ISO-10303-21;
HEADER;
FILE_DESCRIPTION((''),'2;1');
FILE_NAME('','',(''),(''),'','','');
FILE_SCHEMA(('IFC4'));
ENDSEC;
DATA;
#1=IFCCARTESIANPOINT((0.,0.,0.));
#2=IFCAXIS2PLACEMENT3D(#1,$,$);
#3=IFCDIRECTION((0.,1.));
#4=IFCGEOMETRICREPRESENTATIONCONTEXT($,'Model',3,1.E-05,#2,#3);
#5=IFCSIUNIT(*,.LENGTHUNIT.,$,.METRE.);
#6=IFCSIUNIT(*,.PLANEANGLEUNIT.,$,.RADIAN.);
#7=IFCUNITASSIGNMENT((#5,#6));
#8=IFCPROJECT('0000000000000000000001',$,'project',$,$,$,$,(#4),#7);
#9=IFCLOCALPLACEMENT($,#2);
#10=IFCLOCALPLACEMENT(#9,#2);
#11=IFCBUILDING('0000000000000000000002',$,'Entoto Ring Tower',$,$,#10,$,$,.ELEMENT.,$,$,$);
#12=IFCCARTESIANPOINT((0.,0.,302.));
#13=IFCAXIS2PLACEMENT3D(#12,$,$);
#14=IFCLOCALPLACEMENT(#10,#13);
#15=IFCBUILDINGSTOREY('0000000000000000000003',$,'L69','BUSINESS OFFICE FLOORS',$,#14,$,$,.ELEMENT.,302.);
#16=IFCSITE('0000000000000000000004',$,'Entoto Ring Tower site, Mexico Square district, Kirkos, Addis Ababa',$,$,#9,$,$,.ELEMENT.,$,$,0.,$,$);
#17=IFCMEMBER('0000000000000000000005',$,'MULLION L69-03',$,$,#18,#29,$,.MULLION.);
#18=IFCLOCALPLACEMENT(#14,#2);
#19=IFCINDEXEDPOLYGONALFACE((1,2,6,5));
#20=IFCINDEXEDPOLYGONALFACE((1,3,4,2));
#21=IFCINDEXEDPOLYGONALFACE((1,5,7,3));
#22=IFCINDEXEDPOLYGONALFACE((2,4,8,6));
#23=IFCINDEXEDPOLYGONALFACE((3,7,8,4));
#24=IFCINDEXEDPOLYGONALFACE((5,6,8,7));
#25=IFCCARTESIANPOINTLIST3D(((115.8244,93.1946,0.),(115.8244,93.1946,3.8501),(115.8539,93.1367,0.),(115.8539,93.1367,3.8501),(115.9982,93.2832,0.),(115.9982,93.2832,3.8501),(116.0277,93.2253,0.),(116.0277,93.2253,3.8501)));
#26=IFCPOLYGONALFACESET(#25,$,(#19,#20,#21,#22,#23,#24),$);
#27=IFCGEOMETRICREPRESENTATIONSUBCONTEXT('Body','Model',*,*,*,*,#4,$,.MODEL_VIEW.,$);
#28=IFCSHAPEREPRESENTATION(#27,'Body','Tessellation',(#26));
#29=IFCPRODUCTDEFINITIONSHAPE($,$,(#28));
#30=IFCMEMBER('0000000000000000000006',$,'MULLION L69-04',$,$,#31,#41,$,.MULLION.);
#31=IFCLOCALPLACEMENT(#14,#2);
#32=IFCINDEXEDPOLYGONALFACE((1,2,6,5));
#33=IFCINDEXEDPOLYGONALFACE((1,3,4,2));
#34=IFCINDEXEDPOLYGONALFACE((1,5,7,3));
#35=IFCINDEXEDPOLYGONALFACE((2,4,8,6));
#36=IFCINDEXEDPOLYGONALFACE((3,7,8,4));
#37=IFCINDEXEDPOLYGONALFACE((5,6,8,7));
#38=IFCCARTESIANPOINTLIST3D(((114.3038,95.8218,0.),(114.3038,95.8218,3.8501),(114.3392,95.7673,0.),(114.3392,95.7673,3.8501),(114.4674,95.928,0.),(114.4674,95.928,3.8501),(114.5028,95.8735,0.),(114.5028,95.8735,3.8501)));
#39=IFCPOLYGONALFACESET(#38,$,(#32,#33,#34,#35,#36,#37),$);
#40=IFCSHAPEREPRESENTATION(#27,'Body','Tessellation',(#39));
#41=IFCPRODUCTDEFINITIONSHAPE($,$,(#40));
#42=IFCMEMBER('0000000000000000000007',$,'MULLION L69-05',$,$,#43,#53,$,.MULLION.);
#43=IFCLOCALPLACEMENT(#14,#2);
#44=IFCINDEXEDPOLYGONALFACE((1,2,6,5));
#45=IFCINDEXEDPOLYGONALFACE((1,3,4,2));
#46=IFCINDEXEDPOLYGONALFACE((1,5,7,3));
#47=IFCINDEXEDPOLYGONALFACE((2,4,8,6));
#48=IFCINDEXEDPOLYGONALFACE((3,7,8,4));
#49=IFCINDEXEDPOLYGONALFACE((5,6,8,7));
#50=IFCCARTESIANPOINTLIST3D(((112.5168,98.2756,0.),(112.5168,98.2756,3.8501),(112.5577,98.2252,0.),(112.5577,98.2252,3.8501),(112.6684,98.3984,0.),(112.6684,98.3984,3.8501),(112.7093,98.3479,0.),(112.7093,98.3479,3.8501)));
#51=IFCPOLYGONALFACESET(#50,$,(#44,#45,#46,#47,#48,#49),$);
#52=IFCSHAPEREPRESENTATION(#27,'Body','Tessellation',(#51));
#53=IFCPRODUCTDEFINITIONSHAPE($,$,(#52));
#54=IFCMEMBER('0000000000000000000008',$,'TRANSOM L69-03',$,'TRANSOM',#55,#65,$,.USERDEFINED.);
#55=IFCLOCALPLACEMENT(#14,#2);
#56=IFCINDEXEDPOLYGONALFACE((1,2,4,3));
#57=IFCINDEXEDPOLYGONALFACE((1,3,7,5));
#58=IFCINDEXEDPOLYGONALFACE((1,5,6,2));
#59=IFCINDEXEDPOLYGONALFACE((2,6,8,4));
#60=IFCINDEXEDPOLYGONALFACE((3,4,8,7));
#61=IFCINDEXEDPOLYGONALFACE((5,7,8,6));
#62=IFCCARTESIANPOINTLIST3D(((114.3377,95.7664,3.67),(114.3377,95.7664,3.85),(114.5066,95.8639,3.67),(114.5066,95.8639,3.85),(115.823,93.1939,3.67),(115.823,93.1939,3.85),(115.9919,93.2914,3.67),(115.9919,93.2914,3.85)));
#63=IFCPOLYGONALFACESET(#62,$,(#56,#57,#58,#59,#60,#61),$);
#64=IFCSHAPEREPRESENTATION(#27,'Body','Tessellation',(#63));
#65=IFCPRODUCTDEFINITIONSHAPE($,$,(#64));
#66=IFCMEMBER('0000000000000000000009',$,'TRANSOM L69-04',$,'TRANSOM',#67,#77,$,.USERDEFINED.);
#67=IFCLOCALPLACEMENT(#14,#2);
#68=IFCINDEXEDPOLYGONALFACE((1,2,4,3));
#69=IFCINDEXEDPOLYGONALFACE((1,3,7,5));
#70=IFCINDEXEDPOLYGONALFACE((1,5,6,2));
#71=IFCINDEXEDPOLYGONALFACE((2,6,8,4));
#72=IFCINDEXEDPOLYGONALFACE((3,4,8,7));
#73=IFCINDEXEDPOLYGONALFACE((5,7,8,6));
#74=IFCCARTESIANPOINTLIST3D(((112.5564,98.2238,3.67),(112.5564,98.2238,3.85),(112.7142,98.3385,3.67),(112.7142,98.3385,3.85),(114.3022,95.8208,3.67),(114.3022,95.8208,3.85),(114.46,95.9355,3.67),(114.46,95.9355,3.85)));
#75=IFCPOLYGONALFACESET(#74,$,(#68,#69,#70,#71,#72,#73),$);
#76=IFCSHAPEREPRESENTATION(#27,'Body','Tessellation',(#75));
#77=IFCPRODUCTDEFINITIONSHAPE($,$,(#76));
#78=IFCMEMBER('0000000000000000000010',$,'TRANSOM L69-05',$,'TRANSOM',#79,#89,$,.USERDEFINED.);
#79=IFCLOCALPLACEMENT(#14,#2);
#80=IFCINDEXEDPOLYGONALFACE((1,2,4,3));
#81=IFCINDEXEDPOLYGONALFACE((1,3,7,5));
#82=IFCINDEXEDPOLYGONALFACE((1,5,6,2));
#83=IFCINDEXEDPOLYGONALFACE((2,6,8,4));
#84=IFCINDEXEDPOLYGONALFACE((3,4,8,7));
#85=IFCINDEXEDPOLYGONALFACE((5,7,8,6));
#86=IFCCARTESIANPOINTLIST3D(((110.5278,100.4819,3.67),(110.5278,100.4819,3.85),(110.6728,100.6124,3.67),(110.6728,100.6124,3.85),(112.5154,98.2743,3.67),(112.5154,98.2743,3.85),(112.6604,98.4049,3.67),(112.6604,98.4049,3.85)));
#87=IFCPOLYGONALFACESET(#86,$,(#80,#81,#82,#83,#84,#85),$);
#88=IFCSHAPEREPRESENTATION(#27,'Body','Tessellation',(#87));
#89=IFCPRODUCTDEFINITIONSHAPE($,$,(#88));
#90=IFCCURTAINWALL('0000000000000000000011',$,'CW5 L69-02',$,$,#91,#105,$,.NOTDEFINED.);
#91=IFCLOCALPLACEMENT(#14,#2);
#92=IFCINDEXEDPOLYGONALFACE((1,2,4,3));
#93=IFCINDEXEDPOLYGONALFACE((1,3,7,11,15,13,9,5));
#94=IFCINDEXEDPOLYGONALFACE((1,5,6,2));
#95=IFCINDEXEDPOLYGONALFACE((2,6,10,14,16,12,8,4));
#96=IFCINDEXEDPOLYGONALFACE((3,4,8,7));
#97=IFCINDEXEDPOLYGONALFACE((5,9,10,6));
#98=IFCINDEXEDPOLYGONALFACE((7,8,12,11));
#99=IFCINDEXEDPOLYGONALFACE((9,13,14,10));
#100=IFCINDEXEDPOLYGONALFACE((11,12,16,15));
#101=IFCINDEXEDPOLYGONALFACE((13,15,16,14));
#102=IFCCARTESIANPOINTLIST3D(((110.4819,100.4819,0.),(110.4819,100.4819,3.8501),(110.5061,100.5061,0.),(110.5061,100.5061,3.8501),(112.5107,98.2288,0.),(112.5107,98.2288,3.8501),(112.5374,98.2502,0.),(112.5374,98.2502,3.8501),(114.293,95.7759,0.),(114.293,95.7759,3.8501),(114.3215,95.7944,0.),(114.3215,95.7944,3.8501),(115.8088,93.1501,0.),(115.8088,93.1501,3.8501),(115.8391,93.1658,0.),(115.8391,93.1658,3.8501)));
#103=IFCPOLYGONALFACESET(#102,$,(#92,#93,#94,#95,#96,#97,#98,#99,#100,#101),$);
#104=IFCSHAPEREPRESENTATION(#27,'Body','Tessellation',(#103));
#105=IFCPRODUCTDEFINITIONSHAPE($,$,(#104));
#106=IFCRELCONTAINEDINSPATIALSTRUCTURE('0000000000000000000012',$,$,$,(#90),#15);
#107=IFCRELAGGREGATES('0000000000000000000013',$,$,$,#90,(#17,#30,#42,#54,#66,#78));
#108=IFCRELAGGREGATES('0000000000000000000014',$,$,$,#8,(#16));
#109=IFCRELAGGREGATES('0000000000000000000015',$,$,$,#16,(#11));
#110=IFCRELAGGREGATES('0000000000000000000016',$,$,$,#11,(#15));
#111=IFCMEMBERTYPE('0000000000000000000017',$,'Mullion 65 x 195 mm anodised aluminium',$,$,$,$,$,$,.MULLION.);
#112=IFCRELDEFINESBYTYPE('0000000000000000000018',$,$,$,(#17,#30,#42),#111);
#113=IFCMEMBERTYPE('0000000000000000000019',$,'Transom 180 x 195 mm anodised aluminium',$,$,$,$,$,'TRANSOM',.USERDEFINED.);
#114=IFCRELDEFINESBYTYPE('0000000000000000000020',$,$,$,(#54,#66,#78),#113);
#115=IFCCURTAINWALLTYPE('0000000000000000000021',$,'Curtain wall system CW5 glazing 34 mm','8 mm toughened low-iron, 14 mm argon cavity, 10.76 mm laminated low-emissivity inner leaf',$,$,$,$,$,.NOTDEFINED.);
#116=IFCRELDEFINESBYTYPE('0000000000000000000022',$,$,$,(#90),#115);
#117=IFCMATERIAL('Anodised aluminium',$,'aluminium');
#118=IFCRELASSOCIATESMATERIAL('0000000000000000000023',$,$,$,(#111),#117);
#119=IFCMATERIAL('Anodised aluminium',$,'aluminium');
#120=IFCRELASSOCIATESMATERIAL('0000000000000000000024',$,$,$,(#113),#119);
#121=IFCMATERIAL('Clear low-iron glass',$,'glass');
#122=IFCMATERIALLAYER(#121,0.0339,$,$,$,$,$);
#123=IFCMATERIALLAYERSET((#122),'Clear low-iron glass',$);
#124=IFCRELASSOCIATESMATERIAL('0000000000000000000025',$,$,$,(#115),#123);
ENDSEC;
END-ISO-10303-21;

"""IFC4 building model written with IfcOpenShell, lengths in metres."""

from ifc_helpers import new_model, si_unit, direction, frame, origin, origin_2d, place, context, subcontext, project, spatial, polyline, rectangle, outline, extrude, material, layer, layer_set, material_profile, profile_set, type_object, element, aggregate, save


model = new_model("IFC4")

# Units and contexts
model_context = context("Model", 3, precision=1e-05, world=origin(), true_north=direction((0.0, 1.0)))
body_context = subcontext(model_context, "Body", "Model", "MODEL_VIEW")
ifc_project = project(units=[si_unit("LENGTHUNIT", "METRE"), si_unit("PLANEANGLEUNIT", "RADIAN")], contexts=[model_context])

# Members
ifc_material_1 = material(Name="Anodised aluminium", Category="aluminium")
ifc_material_profile_1 = material_profile(ifc_material_1, rectangle(XDim=0.0649, YDim=0.1951, at=origin_2d()), Name="Mullion 65 x 195 mm anodised aluminium")
ifc_profile_set_1 = profile_set([ifc_material_profile_1], Name="Anodised aluminium")
member_type_1 = type_object("IfcMemberType", Name="Mullion 65 x 195 mm anodised aluminium", PredefinedType="MULLION", material=ifc_profile_set_1)
site_placement = place(None, origin())
building_placement = place(site_placement, origin())
storey_placement = place(building_placement, frame((0.0, 0.0, 302.0)))
member_1_placement = place(storey_placement, frame((115.926, 93.21, 0.0), z_axis=(0.0, 0.0, 1.0), x_axis=(-0.45399, 0.891007, 0.0)))
member_1 = element("IfcMember", 1, at=member_1_placement, type_object=member_type_1, Name="MULLION L69-03", PredefinedType="MULLION", context=body_context, shape_type="SweptSolid", body=[
    extrude(rectangle(XDim=0.0649, YDim=0.1951, at=origin_2d()), origin(), (0.0, 0.0, 1.0), 3.8501),
])
member_2_placement = place(storey_placement, frame((114.4033, 95.8477, 0.0), z_axis=(0.0, 0.0, 1.0), x_axis=(-0.544639, 0.838671, 0.0)))
member_2 = element("IfcMember", 2, at=member_2_placement, type_object=member_type_1, Name="MULLION L69-04", PredefinedType="MULLION", context=body_context, shape_type="SweptSolid", body=[
    extrude(rectangle(XDim=0.0649, YDim=0.1951, at=origin_2d()), origin(), (0.0, 0.0, 1.0), 3.8501),
])
member_3_placement = place(storey_placement, frame((112.613, 98.3118, 0.0), z_axis=(0.0, 0.0, 1.0), x_axis=(-0.62932, 0.777146, 0.0)))
member_3 = element("IfcMember", 3, at=member_3_placement, type_object=member_type_1, Name="MULLION L69-05", PredefinedType="MULLION", context=body_context, shape_type="SweptSolid", body=[
    extrude(rectangle(XDim=0.0649, YDim=0.1951, at=origin_2d()), origin(), (0.0, 0.0, 1.0), 3.8501),
])
ifc_material_2 = material(Name="Anodised aluminium", Category="aluminium")
ifc_material_profile_2 = material_profile(ifc_material_2, rectangle(XDim=0.1951, YDim=0.1799, at=origin_2d()), Name="Transom 180 x 195 mm anodised aluminium")
ifc_profile_set_2 = profile_set([ifc_material_profile_2], Name="Anodised aluminium")
member_type_2 = type_object("IfcMemberType", Name="Transom 180 x 195 mm anodised aluminium", ElementType="TRANSOM", PredefinedType="USERDEFINED", material=ifc_profile_set_2)
member_4_placement = place(storey_placement, frame((115.9075, 93.2427, 3.76), z_axis=(-0.500028, 0.866009, 0.0), x_axis=(-0.866009, -0.500028, 0.0)))
member_4 = element("IfcMember", 4, at=member_4_placement, type_object=member_type_2, Name="TRANSOM L69-03", ObjectType="TRANSOM", PredefinedType="USERDEFINED", context=body_context, shape_type="SweptSolid", body=[
    extrude(rectangle(XDim=0.1951, YDim=0.1799, at=origin_2d()), origin(), (0.0, 0.0, 1.0), 2.9705),
])
member_5_placement = place(storey_placement, frame((114.3811, 95.8782, 3.76), z_axis=(-0.587766, 0.809031, 0.0), x_axis=(-0.809031, -0.587766, 0.0)))
member_5 = element("IfcMember", 5, at=member_5_placement, type_object=member_type_2, Name="TRANSOM L69-04", ObjectType="TRANSOM", PredefinedType="USERDEFINED", context=body_context, shape_type="SweptSolid", body=[
    extrude(rectangle(XDim=0.1951, YDim=0.1799, at=origin_2d()), origin(), (0.0, 0.0, 1.0), 2.9702),
])
member_6_placement = place(storey_placement, frame((112.5879, 98.3396, 3.76), z_axis=(-0.66911, 0.743163, 0.0), x_axis=(-0.743163, -0.66911, 0.0)))
member_6 = element("IfcMember", 6, at=member_6_placement, type_object=member_type_2, Name="TRANSOM L69-05", ObjectType="TRANSOM", PredefinedType="USERDEFINED", context=body_context, shape_type="SweptSolid", body=[
    extrude(rectangle(XDim=0.1951, YDim=0.1799, at=origin_2d()), origin(), (0.0, 0.0, 1.0), 2.9705),
])

# Site, building, storey
site = spatial("IfcSite", under=ifc_project, at=site_placement, Name="Entoto Ring Tower site, Mexico Square district, Kirkos, Addis Ababa", CompositionType="ELEMENT", RefElevation=0.0)
building = spatial("IfcBuilding", under=site, at=building_placement, Name="Entoto Ring Tower", CompositionType="ELEMENT")
storey = spatial("IfcBuildingStorey", under=building, at=storey_placement, Name="L69", Description="BUSINESS OFFICE FLOORS", CompositionType="ELEMENT", Elevation=302.0)

# Curtain wall
ifc_material_3 = material(Name="Clear low-iron glass", Category="glass")
ifc_layer_1 = layer(ifc_material_3, 0.0339)
ifc_layer_set_1 = layer_set([ifc_layer_1], Name="Clear low-iron glass")
curtain_wall_type = type_object("IfcCurtainWallType", Name="Curtain wall system CW5 glazing 34 mm", Description="8 mm toughened low-iron, 14 mm argon cavity, 10.76 mm laminated low-emissivity inner leaf", PredefinedType="NOTDEFINED", material=ifc_layer_set_1)
curtain_wall_1_placement = place(storey_placement, origin())
curtain_wall_1 = element("IfcCurtainWall", 7, at=curtain_wall_1_placement, inside=storey, type_object=curtain_wall_type, Name="CW5 L69-02", PredefinedType="NOTDEFINED", context=body_context, shape_type="SweptSolid", body=[
    extrude(outline(polyline([(115.8391, 93.1658), (114.3215, 95.7944), (112.5374, 98.2502), (110.5061, 100.5061), (110.4819, 100.4819), (112.5107, 98.2288), (114.293, 95.7759), (115.8088, 93.1501), (115.8391, 93.1658)])), origin(), (0.0, 0.0, 1.0), 3.8501),
])
aggregate(curtain_wall_1, [member_1, member_2, member_3, member_4, member_5, member_6])

save(model, "model.ifc")
